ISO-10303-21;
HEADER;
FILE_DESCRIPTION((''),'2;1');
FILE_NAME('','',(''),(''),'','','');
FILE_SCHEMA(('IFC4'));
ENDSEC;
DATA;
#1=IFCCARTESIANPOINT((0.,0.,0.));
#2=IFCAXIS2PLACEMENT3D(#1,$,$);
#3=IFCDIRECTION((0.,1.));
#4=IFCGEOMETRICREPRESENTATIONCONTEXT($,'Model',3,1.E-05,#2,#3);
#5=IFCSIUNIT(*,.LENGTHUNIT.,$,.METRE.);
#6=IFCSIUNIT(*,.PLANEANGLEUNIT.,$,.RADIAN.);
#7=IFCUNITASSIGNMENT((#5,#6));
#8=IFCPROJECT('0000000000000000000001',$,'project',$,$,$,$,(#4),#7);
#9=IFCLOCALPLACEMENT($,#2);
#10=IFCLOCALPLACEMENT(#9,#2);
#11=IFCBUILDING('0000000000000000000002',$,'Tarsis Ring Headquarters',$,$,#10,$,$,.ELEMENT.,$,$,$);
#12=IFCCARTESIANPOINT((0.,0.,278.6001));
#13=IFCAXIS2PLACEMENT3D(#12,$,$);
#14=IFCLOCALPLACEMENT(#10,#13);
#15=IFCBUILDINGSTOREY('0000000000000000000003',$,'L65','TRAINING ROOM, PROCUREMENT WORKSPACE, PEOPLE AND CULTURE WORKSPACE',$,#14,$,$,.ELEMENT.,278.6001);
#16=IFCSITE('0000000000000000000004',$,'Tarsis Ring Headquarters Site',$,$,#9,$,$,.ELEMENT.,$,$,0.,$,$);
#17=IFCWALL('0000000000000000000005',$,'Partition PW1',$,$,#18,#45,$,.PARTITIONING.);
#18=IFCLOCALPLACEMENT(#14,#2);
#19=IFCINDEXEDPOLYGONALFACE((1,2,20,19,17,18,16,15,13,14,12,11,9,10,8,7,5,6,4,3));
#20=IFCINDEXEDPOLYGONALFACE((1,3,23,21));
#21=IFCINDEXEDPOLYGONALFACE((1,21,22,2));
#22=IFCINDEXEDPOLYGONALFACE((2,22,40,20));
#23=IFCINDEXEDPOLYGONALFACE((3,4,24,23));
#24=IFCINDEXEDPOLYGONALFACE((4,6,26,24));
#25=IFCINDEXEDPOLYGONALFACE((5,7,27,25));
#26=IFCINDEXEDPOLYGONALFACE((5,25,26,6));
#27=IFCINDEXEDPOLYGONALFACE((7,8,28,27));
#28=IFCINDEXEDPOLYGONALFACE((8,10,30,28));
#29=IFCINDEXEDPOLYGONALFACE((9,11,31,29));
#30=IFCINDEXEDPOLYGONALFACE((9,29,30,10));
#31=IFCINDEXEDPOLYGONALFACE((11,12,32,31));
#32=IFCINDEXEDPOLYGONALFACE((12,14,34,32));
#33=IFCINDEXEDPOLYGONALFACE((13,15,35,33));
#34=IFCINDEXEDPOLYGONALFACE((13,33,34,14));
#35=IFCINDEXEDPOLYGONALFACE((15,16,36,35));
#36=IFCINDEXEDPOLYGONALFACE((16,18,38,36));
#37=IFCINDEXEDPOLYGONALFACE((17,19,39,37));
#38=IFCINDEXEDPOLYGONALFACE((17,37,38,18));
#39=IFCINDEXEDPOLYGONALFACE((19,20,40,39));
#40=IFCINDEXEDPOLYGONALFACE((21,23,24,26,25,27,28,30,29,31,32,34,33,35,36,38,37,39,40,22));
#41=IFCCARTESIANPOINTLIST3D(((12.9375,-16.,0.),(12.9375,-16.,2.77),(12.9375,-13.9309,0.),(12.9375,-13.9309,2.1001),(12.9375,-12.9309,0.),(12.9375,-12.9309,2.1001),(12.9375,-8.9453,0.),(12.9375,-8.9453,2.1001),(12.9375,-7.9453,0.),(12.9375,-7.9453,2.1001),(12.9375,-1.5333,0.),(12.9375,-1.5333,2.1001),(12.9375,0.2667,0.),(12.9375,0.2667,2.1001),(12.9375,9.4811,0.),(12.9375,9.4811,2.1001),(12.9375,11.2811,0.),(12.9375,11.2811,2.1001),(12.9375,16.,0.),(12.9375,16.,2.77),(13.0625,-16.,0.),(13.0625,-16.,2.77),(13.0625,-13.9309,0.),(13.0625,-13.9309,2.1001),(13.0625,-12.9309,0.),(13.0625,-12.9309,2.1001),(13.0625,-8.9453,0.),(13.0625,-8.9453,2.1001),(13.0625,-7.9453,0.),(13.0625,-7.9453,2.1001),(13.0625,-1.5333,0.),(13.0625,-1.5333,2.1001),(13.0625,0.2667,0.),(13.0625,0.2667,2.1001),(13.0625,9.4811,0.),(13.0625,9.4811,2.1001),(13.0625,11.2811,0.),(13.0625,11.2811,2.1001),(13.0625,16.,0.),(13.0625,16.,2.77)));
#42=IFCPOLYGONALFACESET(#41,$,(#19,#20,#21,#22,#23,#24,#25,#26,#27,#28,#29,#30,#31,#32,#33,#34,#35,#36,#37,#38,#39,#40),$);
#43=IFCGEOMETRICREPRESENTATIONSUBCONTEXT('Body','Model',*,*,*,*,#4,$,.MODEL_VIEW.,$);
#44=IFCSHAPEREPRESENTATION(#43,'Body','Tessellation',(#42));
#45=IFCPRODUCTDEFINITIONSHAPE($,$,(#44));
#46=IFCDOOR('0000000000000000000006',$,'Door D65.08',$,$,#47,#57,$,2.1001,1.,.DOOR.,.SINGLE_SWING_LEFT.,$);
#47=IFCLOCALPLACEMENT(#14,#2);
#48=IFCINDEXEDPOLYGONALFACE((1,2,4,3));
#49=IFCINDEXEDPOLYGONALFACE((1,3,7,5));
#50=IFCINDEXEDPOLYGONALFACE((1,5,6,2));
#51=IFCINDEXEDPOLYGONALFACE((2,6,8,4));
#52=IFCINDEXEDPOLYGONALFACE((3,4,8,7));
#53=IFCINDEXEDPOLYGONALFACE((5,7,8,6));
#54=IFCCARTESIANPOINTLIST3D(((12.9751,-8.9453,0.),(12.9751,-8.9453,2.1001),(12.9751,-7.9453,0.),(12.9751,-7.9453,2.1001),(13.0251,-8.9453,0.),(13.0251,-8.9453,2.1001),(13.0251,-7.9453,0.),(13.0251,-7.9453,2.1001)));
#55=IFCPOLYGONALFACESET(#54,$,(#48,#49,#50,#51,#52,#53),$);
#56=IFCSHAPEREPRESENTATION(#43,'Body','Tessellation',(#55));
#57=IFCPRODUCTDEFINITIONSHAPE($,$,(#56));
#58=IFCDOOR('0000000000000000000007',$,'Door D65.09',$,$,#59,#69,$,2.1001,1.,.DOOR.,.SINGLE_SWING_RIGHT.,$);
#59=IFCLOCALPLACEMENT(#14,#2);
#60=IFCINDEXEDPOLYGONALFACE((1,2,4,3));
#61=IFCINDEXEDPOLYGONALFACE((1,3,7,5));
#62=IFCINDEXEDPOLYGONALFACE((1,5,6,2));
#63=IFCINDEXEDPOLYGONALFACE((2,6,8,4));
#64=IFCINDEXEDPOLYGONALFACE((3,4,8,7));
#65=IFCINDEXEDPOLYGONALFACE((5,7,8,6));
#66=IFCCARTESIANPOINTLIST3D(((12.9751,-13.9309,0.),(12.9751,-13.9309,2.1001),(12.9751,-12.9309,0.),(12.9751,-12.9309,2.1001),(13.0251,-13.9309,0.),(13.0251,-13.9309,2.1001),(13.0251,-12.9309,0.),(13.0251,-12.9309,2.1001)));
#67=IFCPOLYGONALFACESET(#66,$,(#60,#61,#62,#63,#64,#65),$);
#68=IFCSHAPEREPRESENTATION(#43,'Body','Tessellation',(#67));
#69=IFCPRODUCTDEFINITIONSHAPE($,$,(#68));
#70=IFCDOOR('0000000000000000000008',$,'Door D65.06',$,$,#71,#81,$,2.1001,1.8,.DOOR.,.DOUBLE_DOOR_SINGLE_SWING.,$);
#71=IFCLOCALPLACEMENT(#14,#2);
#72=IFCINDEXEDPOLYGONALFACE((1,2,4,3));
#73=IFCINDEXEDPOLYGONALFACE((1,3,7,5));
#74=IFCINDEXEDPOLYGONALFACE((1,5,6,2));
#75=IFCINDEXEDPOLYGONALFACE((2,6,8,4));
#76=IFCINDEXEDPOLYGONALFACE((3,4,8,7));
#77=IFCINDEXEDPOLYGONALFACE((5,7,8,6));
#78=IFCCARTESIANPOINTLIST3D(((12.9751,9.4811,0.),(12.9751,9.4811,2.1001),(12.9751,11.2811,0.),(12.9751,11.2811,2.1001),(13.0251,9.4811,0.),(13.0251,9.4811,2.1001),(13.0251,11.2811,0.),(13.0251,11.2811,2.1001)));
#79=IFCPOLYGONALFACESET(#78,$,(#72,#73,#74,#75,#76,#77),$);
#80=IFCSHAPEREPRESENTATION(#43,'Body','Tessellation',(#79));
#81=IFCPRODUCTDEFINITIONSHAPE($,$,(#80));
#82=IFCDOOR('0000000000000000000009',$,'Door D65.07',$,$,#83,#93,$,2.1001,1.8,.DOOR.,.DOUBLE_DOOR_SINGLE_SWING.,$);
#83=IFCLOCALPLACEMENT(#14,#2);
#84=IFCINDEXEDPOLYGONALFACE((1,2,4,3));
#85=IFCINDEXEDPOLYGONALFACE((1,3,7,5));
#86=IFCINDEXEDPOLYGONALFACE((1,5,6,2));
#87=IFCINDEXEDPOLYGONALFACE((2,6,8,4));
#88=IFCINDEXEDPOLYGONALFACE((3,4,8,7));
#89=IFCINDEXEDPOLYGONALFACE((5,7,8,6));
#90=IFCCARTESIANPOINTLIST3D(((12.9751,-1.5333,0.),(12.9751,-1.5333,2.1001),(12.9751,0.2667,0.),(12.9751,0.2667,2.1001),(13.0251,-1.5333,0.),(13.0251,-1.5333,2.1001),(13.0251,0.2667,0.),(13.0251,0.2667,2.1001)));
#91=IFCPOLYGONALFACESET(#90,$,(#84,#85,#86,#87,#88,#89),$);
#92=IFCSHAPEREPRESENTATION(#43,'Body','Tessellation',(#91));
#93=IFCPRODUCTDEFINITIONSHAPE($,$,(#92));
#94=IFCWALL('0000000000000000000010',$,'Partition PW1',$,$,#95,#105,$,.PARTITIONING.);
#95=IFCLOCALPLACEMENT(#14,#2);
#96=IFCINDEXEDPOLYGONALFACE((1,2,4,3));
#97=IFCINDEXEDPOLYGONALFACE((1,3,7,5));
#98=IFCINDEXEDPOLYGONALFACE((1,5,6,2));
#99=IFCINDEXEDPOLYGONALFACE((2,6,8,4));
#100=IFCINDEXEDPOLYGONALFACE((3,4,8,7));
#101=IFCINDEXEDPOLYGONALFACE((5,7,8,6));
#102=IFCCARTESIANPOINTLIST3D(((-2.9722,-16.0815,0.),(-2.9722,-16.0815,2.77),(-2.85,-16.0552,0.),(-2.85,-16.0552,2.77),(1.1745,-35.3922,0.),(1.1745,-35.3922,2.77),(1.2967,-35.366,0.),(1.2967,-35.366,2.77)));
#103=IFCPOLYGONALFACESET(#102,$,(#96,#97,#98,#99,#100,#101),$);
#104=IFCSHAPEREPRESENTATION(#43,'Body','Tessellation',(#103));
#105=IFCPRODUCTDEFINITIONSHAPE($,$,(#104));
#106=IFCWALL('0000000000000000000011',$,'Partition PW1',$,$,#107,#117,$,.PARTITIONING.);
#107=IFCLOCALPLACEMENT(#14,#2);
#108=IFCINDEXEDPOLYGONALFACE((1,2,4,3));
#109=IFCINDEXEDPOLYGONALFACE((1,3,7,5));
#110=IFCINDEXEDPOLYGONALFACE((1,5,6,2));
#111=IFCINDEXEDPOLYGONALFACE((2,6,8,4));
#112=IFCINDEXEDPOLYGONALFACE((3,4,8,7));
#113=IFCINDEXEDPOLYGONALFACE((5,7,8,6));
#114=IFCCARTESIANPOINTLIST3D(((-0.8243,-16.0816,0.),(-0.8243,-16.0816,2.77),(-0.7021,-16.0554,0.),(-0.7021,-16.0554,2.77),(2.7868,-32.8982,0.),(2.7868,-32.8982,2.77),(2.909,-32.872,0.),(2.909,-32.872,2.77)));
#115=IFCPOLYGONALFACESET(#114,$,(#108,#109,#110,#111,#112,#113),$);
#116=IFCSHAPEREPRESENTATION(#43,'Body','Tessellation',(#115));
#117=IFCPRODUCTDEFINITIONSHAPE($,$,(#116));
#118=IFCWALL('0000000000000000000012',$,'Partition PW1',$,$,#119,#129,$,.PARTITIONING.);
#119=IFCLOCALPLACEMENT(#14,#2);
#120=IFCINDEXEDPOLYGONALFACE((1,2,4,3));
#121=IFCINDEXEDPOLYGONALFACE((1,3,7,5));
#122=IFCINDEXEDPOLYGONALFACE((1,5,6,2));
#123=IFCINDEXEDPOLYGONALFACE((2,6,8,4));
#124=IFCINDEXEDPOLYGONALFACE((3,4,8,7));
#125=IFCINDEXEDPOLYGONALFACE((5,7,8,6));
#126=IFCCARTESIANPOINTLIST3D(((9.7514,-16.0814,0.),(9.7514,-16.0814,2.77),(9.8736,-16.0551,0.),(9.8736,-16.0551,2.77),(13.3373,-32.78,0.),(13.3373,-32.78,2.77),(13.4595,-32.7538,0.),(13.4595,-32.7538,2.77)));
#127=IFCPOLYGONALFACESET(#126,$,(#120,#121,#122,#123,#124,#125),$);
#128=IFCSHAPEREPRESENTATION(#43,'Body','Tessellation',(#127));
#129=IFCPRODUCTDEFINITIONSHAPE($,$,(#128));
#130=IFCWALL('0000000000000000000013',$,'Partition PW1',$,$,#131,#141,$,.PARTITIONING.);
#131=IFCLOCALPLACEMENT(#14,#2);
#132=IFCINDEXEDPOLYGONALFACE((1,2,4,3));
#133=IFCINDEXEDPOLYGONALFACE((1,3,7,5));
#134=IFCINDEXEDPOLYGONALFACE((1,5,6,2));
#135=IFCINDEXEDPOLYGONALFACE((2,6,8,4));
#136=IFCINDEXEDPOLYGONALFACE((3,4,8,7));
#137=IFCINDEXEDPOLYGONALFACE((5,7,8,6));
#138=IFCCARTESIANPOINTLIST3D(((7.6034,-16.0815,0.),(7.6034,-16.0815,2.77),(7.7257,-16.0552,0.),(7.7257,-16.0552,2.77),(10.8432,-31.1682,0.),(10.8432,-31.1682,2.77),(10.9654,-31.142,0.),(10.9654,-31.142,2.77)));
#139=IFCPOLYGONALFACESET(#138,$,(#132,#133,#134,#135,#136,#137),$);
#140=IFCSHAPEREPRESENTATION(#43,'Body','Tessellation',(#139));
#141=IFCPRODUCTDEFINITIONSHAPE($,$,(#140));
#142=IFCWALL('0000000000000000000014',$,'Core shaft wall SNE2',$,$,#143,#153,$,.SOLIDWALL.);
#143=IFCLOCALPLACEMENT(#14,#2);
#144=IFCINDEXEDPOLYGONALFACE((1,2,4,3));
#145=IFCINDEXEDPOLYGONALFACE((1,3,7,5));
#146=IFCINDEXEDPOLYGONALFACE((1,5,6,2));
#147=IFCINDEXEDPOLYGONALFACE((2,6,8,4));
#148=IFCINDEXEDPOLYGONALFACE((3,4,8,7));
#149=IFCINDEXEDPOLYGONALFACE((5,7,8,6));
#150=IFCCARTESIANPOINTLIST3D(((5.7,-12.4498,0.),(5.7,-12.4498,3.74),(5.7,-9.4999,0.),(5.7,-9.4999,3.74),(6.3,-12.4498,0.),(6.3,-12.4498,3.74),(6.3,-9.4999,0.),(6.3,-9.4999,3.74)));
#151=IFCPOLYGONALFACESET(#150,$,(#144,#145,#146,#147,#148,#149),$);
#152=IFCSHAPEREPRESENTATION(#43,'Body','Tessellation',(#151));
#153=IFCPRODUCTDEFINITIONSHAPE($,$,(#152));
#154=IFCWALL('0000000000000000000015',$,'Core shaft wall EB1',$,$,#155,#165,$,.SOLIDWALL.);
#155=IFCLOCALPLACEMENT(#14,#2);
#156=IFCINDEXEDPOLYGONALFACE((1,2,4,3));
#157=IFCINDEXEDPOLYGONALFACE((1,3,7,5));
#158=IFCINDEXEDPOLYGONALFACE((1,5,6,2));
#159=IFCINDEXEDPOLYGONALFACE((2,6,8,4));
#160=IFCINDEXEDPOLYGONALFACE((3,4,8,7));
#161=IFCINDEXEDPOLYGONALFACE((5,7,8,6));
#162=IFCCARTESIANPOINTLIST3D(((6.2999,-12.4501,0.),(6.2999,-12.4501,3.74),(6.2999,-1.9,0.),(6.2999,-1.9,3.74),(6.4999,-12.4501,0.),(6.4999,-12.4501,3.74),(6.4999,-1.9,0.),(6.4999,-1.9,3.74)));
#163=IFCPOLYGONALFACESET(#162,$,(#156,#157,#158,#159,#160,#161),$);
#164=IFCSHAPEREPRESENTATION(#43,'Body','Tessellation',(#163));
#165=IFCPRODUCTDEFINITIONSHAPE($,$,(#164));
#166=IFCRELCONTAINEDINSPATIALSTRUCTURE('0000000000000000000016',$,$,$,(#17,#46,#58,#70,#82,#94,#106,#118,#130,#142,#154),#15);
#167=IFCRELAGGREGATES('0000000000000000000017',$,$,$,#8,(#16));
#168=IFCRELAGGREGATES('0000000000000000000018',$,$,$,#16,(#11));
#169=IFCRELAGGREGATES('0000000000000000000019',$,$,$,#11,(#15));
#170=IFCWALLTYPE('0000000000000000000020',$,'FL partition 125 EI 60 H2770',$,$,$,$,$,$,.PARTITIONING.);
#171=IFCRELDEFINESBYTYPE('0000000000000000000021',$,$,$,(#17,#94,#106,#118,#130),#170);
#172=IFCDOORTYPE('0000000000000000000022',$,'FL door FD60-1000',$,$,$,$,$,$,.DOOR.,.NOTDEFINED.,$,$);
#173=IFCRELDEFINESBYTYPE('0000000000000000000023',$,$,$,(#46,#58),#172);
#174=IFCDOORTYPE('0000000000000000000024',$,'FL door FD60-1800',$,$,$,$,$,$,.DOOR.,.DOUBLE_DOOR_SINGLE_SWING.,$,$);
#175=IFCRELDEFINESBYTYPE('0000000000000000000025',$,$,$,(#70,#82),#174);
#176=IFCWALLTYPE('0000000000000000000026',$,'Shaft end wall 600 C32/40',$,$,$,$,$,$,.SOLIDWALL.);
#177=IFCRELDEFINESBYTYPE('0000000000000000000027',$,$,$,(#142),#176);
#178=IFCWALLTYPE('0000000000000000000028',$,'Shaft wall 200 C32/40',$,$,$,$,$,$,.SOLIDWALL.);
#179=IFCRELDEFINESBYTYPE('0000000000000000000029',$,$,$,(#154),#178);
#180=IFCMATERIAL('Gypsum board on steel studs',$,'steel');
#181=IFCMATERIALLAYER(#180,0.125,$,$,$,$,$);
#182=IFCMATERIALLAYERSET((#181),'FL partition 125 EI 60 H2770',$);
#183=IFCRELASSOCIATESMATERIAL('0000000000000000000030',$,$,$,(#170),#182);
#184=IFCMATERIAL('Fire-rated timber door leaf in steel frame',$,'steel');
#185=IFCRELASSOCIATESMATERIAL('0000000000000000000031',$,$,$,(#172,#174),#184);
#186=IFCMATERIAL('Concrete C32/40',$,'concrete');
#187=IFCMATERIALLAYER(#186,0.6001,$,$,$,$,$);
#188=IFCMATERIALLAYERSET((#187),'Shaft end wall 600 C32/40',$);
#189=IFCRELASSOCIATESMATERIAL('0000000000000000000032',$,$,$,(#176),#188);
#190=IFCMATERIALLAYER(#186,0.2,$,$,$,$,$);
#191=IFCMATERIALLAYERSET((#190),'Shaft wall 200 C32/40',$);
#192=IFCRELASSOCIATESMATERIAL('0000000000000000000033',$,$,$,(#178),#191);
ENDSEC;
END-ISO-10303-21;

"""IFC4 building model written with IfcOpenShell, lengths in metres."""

from ifc_helpers import new_model, si_unit, direction, frame, frame_2d, origin, place, context, subcontext, project, spatial, rectangle, extrude, material, layer, layer_set, type_object, element, fill, save


model = new_model("IFC4")

# Units and contexts
model_context = context("Model", 3, precision=1e-05, world=origin(), true_north=direction((0.0, 1.0)))
body_context = subcontext(model_context, "Body", "Model", "MODEL_VIEW")
ifc_project = project(units=[si_unit("LENGTHUNIT", "METRE"), si_unit("PLANEANGLEUNIT", "RADIAN")], contexts=[model_context])

# Site, building, storey
site_placement = place(None, origin())
site = spatial("IfcSite", under=ifc_project, at=site_placement, Name="Tarsis Ring Headquarters Site", CompositionType="ELEMENT", RefElevation=0.0)
building_placement = place(site_placement, origin())
building = spatial("IfcBuilding", under=site, at=building_placement, Name="Tarsis Ring Headquarters", CompositionType="ELEMENT")
storey_placement = place(building_placement, frame((0.0, 0.0, 278.6001)))
storey = spatial("IfcBuildingStorey", under=building, at=storey_placement, Name="L65", Description="TRAINING ROOM, PROCUREMENT WORKSPACE, PEOPLE AND CULTURE WORKSPACE", CompositionType="ELEMENT", Elevation=278.6001)

# Shared definitions
ifc_material_1 = material(Name="Gypsum board on steel studs", Category="steel")

# Wall, openings, doors
ifc_layer_1 = layer(ifc_material_1, 0.125)
ifc_layer_set_1 = layer_set([ifc_layer_1], Name="FL partition 125 EI 60 H2770")
wall_type_1 = type_object("IfcWallType", Name="FL partition 125 EI 60 H2770", PredefinedType="PARTITIONING", material=ifc_layer_set_1)
wall_1_placement = place(storey_placement, frame((13.0, -16.0, 0.0), z_axis=(0.0, 0.0, 1.0), x_axis=(0.0, 1.0, 0.0)))
wall_1 = element("IfcWall", 1, at=wall_1_placement, inside=storey, type_object=wall_type_1, Name="Partition PW1", PredefinedType="PARTITIONING", context=body_context, shape_type="SweptSolid", body=[
    extrude(rectangle(XDim=32.0, YDim=0.125, at=frame_2d((16.0, 0.0))), origin(), (0.0, 0.0, 1.0), 2.77),
])
opening_1_placement = place(wall_1_placement, frame((25.4812, 0.0, 0.0)))
opening_1 = element("IfcOpeningElement", 2, at=opening_1_placement, cuts=wall_1, PredefinedType="OPENING", context=body_context, shape_type="SweptSolid", body=[
    extrude(rectangle(XDim=1.8, YDim=2.1001, at=frame_2d((0.8999, 1.05))), frame((0.0, 0.0725, 0.0), z_axis=(0.0, -1.0, 0.0), x_axis=(1.0, 0.0, 0.0)), (0.0, 0.0, 1.0), 0.145),
])
opening_2_placement = place(wall_1_placement, frame((14.4668, 0.0, 0.0)))
opening_2 = element("IfcOpeningElement", 3, at=opening_2_placement, cuts=wall_1, PredefinedType="OPENING", context=body_context, shape_type="SweptSolid", body=[
    extrude(rectangle(XDim=1.8, YDim=2.1001, at=frame_2d((0.8999, 1.05))), frame((0.0, 0.0725, 0.0), z_axis=(0.0, -1.0, 0.0), x_axis=(1.0, 0.0, 0.0)), (0.0, 0.0, 1.0), 0.145),
])
opening_3_placement = place(wall_1_placement, frame((7.0547, 0.0, 0.0)))
opening_3 = element("IfcOpeningElement", 4, at=opening_3_placement, cuts=wall_1, PredefinedType="OPENING", context=body_context, shape_type="SweptSolid", body=[
    extrude(rectangle(XDim=1.0, YDim=2.1001, at=frame_2d((0.5, 1.05))), frame((0.0, 0.0725, 0.0), z_axis=(0.0, -1.0, 0.0), x_axis=(1.0, 0.0, 0.0)), (0.0, 0.0, 1.0), 0.145),
])
opening_4_placement = place(wall_1_placement, frame((2.0691, 0.0, 0.0)))
opening_4 = element("IfcOpeningElement", 5, at=opening_4_placement, cuts=wall_1, PredefinedType="OPENING", context=body_context, shape_type="SweptSolid", body=[
    extrude(rectangle(XDim=1.0, YDim=2.1001, at=frame_2d((0.5, 1.05))), frame((0.0, 0.0725, 0.0), z_axis=(0.0, -1.0, 0.0), x_axis=(1.0, 0.0, 0.0)), (0.0, 0.0, 1.0), 0.145),
])
ifc_material_2 = material(Name="Fire-rated timber door leaf in steel frame", Category="steel")
door_type_1 = type_object("IfcDoorType", Name="FL door FD60-1000", OperationType="NOTDEFINED", PredefinedType="DOOR", material=ifc_material_2)
door_1_placement = place(opening_3_placement, origin())
door_1 = element("IfcDoor", 6, at=door_1_placement, inside=storey, type_object=door_type_1, Name="Door D65.08", OperationType="SINGLE_SWING_LEFT", OverallHeight=2.1001, OverallWidth=1.0, PredefinedType="DOOR", context=body_context, shape_type="SweptSolid", body=[
    extrude(rectangle(XDim=1.0, YDim=2.1001, at=frame_2d((0.5, 1.05))), frame((0.0, 0.0249, 0.0), z_axis=(0.0, -1.0, 0.0), x_axis=(1.0, 0.0, 0.0)), (0.0, 0.0, 1.0), 0.05),
])
fill(opening_3, door_1)
door_2_placement = place(opening_4_placement, origin())
door_2 = element("IfcDoor", 7, at=door_2_placement, inside=storey, type_object=door_type_1, Name="Door D65.09", OperationType="SINGLE_SWING_RIGHT", OverallHeight=2.1001, OverallWidth=1.0, PredefinedType="DOOR", context=body_context, shape_type="SweptSolid", body=[
    extrude(rectangle(XDim=1.0, YDim=2.1001, at=frame_2d((0.5, 1.05))), frame((0.0, 0.0249, 0.0), z_axis=(0.0, -1.0, 0.0), x_axis=(1.0, 0.0, 0.0)), (0.0, 0.0, 1.0), 0.05),
])
fill(opening_4, door_2)
door_type_2 = type_object("IfcDoorType", Name="FL door FD60-1800", OperationType="DOUBLE_DOOR_SINGLE_SWING", PredefinedType="DOOR", material=ifc_material_2)
door_3_placement = place(opening_1_placement, origin())
door_3 = element("IfcDoor", 8, at=door_3_placement, inside=storey, type_object=door_type_2, Name="Door D65.06", OperationType="DOUBLE_DOOR_SINGLE_SWING", OverallHeight=2.1001, OverallWidth=1.8, PredefinedType="DOOR", context=body_context, shape_type="SweptSolid", body=[
    extrude(rectangle(XDim=1.8, YDim=2.1001, at=frame_2d((0.8999, 1.05))), frame((0.0, 0.0249, 0.0), z_axis=(0.0, -1.0, 0.0), x_axis=(1.0, 0.0, 0.0)), (0.0, 0.0, 1.0), 0.05),
])
fill(opening_1, door_3)
door_4_placement = place(opening_2_placement, origin())
door_4 = element("IfcDoor", 9, at=door_4_placement, inside=storey, type_object=door_type_2, Name="Door D65.07", OperationType="DOUBLE_DOOR_SINGLE_SWING", OverallHeight=2.1001, OverallWidth=1.8, PredefinedType="DOOR", context=body_context, shape_type="SweptSolid", body=[
    extrude(rectangle(XDim=1.8, YDim=2.1001, at=frame_2d((0.8999, 1.05))), frame((0.0, 0.0249, 0.0), z_axis=(0.0, -1.0, 0.0), x_axis=(1.0, 0.0, 0.0)), (0.0, 0.0, 1.0), 0.05),
])
fill(opening_2, door_4)

# Walls
wall_2_placement = place(storey_placement, frame((-2.9111, -16.0684, 0.0), z_axis=(0.0, 0.0, 1.0), x_axis=(0.20995, -0.977712, 0.0)))
element("IfcWall", 10, at=wall_2_placement, inside=storey, type_object=wall_type_1, Name="Partition PW1", PredefinedType="PARTITIONING", context=body_context, shape_type="SweptSolid", body=[
    extrude(rectangle(XDim=19.751, YDim=0.125, at=frame_2d((9.8755, 0.0))), origin(), (0.0, 0.0, 1.0), 2.77),
])
wall_3_placement = place(storey_placement, frame((-0.7632, -16.0684, 0.0), z_axis=(0.0, 0.0, 1.0), x_axis=(0.209947, -0.977713, 0.0)))
element("IfcWall", 11, at=wall_3_placement, inside=storey, type_object=wall_type_1, Name="Partition PW1", PredefinedType="PARTITIONING", context=body_context, shape_type="SweptSolid", body=[
    extrude(rectangle(XDim=17.2, YDim=0.125, at=frame_2d((8.6001, 0.0))), origin(), (0.0, 0.0, 1.0), 2.77),
])
wall_4_placement = place(storey_placement, frame((9.8125, -16.0684, 0.0), z_axis=(0.0, 0.0, 1.0), x_axis=(0.209957, -0.977711, 0.0)))
element("IfcWall", 12, at=wall_4_placement, inside=storey, type_object=wall_type_1, Name="Partition PW1", PredefinedType="PARTITIONING", context=body_context, shape_type="SweptSolid", body=[
    extrude(rectangle(XDim=17.0793, YDim=0.125, at=frame_2d((8.5396, 0.0))), origin(), (0.0, 0.0, 1.0), 2.77),
])
wall_5_placement = place(storey_placement, frame((7.6646, -16.0684, 0.0), z_axis=(0.0, 0.0, 1.0), x_axis=(0.209956, -0.977711, 0.0)))
element("IfcWall", 13, at=wall_5_placement, inside=storey, type_object=wall_type_1, Name="Partition PW1", PredefinedType="PARTITIONING", context=body_context, shape_type="SweptSolid", body=[
    extrude(rectangle(XDim=15.4307, YDim=0.125, at=frame_2d((7.7153, 0.0))), origin(), (0.0, 0.0, 1.0), 2.77),
])
ifc_material_3 = material(Name="Concrete C32/40", Category="concrete")
ifc_layer_2 = layer(ifc_material_3, 0.6001)
ifc_layer_set_2 = layer_set([ifc_layer_2], Name="Shaft end wall 600 C32/40")
wall_type_2 = type_object("IfcWallType", Name="Shaft end wall 600 C32/40", PredefinedType="SOLIDWALL", material=ifc_layer_set_2)
wall_6_placement = place(storey_placement, frame((6.0, -12.45, 0.0), z_axis=(0.0, 0.0, 1.0), x_axis=(0.0, 1.0, 0.0)))
element("IfcWall", 14, at=wall_6_placement, inside=storey, type_object=wall_type_2, Name="Core shaft wall SNE2", PredefinedType="SOLIDWALL", context=body_context, shape_type="SweptSolid", body=[
    extrude(rectangle(XDim=2.95, YDim=0.6001, at=frame_2d((1.4751, 0.0))), origin(), (0.0, 0.0, 1.0), 3.74),
])
ifc_layer_3 = layer(ifc_material_3, 0.2)
ifc_layer_set_3 = layer_set([ifc_layer_3], Name="Shaft wall 200 C32/40")
wall_type_3 = type_object("IfcWallType", Name="Shaft wall 200 C32/40", PredefinedType="SOLIDWALL", material=ifc_layer_set_3)
wall_7_placement = place(storey_placement, frame((6.3999, -12.45, 0.0), z_axis=(0.0, 0.0, 1.0), x_axis=(0.0, 1.0, 0.0)))
element("IfcWall", 15, at=wall_7_placement, inside=storey, type_object=wall_type_3, Name="Core shaft wall EB1", PredefinedType="SOLIDWALL", context=body_context, shape_type="SweptSolid", body=[
    extrude(rectangle(XDim=10.55, YDim=0.2, at=frame_2d((5.2749, 0.0))), origin(), (0.0, 0.0, 1.0), 3.74),
])

save(model, "model.ifc")
